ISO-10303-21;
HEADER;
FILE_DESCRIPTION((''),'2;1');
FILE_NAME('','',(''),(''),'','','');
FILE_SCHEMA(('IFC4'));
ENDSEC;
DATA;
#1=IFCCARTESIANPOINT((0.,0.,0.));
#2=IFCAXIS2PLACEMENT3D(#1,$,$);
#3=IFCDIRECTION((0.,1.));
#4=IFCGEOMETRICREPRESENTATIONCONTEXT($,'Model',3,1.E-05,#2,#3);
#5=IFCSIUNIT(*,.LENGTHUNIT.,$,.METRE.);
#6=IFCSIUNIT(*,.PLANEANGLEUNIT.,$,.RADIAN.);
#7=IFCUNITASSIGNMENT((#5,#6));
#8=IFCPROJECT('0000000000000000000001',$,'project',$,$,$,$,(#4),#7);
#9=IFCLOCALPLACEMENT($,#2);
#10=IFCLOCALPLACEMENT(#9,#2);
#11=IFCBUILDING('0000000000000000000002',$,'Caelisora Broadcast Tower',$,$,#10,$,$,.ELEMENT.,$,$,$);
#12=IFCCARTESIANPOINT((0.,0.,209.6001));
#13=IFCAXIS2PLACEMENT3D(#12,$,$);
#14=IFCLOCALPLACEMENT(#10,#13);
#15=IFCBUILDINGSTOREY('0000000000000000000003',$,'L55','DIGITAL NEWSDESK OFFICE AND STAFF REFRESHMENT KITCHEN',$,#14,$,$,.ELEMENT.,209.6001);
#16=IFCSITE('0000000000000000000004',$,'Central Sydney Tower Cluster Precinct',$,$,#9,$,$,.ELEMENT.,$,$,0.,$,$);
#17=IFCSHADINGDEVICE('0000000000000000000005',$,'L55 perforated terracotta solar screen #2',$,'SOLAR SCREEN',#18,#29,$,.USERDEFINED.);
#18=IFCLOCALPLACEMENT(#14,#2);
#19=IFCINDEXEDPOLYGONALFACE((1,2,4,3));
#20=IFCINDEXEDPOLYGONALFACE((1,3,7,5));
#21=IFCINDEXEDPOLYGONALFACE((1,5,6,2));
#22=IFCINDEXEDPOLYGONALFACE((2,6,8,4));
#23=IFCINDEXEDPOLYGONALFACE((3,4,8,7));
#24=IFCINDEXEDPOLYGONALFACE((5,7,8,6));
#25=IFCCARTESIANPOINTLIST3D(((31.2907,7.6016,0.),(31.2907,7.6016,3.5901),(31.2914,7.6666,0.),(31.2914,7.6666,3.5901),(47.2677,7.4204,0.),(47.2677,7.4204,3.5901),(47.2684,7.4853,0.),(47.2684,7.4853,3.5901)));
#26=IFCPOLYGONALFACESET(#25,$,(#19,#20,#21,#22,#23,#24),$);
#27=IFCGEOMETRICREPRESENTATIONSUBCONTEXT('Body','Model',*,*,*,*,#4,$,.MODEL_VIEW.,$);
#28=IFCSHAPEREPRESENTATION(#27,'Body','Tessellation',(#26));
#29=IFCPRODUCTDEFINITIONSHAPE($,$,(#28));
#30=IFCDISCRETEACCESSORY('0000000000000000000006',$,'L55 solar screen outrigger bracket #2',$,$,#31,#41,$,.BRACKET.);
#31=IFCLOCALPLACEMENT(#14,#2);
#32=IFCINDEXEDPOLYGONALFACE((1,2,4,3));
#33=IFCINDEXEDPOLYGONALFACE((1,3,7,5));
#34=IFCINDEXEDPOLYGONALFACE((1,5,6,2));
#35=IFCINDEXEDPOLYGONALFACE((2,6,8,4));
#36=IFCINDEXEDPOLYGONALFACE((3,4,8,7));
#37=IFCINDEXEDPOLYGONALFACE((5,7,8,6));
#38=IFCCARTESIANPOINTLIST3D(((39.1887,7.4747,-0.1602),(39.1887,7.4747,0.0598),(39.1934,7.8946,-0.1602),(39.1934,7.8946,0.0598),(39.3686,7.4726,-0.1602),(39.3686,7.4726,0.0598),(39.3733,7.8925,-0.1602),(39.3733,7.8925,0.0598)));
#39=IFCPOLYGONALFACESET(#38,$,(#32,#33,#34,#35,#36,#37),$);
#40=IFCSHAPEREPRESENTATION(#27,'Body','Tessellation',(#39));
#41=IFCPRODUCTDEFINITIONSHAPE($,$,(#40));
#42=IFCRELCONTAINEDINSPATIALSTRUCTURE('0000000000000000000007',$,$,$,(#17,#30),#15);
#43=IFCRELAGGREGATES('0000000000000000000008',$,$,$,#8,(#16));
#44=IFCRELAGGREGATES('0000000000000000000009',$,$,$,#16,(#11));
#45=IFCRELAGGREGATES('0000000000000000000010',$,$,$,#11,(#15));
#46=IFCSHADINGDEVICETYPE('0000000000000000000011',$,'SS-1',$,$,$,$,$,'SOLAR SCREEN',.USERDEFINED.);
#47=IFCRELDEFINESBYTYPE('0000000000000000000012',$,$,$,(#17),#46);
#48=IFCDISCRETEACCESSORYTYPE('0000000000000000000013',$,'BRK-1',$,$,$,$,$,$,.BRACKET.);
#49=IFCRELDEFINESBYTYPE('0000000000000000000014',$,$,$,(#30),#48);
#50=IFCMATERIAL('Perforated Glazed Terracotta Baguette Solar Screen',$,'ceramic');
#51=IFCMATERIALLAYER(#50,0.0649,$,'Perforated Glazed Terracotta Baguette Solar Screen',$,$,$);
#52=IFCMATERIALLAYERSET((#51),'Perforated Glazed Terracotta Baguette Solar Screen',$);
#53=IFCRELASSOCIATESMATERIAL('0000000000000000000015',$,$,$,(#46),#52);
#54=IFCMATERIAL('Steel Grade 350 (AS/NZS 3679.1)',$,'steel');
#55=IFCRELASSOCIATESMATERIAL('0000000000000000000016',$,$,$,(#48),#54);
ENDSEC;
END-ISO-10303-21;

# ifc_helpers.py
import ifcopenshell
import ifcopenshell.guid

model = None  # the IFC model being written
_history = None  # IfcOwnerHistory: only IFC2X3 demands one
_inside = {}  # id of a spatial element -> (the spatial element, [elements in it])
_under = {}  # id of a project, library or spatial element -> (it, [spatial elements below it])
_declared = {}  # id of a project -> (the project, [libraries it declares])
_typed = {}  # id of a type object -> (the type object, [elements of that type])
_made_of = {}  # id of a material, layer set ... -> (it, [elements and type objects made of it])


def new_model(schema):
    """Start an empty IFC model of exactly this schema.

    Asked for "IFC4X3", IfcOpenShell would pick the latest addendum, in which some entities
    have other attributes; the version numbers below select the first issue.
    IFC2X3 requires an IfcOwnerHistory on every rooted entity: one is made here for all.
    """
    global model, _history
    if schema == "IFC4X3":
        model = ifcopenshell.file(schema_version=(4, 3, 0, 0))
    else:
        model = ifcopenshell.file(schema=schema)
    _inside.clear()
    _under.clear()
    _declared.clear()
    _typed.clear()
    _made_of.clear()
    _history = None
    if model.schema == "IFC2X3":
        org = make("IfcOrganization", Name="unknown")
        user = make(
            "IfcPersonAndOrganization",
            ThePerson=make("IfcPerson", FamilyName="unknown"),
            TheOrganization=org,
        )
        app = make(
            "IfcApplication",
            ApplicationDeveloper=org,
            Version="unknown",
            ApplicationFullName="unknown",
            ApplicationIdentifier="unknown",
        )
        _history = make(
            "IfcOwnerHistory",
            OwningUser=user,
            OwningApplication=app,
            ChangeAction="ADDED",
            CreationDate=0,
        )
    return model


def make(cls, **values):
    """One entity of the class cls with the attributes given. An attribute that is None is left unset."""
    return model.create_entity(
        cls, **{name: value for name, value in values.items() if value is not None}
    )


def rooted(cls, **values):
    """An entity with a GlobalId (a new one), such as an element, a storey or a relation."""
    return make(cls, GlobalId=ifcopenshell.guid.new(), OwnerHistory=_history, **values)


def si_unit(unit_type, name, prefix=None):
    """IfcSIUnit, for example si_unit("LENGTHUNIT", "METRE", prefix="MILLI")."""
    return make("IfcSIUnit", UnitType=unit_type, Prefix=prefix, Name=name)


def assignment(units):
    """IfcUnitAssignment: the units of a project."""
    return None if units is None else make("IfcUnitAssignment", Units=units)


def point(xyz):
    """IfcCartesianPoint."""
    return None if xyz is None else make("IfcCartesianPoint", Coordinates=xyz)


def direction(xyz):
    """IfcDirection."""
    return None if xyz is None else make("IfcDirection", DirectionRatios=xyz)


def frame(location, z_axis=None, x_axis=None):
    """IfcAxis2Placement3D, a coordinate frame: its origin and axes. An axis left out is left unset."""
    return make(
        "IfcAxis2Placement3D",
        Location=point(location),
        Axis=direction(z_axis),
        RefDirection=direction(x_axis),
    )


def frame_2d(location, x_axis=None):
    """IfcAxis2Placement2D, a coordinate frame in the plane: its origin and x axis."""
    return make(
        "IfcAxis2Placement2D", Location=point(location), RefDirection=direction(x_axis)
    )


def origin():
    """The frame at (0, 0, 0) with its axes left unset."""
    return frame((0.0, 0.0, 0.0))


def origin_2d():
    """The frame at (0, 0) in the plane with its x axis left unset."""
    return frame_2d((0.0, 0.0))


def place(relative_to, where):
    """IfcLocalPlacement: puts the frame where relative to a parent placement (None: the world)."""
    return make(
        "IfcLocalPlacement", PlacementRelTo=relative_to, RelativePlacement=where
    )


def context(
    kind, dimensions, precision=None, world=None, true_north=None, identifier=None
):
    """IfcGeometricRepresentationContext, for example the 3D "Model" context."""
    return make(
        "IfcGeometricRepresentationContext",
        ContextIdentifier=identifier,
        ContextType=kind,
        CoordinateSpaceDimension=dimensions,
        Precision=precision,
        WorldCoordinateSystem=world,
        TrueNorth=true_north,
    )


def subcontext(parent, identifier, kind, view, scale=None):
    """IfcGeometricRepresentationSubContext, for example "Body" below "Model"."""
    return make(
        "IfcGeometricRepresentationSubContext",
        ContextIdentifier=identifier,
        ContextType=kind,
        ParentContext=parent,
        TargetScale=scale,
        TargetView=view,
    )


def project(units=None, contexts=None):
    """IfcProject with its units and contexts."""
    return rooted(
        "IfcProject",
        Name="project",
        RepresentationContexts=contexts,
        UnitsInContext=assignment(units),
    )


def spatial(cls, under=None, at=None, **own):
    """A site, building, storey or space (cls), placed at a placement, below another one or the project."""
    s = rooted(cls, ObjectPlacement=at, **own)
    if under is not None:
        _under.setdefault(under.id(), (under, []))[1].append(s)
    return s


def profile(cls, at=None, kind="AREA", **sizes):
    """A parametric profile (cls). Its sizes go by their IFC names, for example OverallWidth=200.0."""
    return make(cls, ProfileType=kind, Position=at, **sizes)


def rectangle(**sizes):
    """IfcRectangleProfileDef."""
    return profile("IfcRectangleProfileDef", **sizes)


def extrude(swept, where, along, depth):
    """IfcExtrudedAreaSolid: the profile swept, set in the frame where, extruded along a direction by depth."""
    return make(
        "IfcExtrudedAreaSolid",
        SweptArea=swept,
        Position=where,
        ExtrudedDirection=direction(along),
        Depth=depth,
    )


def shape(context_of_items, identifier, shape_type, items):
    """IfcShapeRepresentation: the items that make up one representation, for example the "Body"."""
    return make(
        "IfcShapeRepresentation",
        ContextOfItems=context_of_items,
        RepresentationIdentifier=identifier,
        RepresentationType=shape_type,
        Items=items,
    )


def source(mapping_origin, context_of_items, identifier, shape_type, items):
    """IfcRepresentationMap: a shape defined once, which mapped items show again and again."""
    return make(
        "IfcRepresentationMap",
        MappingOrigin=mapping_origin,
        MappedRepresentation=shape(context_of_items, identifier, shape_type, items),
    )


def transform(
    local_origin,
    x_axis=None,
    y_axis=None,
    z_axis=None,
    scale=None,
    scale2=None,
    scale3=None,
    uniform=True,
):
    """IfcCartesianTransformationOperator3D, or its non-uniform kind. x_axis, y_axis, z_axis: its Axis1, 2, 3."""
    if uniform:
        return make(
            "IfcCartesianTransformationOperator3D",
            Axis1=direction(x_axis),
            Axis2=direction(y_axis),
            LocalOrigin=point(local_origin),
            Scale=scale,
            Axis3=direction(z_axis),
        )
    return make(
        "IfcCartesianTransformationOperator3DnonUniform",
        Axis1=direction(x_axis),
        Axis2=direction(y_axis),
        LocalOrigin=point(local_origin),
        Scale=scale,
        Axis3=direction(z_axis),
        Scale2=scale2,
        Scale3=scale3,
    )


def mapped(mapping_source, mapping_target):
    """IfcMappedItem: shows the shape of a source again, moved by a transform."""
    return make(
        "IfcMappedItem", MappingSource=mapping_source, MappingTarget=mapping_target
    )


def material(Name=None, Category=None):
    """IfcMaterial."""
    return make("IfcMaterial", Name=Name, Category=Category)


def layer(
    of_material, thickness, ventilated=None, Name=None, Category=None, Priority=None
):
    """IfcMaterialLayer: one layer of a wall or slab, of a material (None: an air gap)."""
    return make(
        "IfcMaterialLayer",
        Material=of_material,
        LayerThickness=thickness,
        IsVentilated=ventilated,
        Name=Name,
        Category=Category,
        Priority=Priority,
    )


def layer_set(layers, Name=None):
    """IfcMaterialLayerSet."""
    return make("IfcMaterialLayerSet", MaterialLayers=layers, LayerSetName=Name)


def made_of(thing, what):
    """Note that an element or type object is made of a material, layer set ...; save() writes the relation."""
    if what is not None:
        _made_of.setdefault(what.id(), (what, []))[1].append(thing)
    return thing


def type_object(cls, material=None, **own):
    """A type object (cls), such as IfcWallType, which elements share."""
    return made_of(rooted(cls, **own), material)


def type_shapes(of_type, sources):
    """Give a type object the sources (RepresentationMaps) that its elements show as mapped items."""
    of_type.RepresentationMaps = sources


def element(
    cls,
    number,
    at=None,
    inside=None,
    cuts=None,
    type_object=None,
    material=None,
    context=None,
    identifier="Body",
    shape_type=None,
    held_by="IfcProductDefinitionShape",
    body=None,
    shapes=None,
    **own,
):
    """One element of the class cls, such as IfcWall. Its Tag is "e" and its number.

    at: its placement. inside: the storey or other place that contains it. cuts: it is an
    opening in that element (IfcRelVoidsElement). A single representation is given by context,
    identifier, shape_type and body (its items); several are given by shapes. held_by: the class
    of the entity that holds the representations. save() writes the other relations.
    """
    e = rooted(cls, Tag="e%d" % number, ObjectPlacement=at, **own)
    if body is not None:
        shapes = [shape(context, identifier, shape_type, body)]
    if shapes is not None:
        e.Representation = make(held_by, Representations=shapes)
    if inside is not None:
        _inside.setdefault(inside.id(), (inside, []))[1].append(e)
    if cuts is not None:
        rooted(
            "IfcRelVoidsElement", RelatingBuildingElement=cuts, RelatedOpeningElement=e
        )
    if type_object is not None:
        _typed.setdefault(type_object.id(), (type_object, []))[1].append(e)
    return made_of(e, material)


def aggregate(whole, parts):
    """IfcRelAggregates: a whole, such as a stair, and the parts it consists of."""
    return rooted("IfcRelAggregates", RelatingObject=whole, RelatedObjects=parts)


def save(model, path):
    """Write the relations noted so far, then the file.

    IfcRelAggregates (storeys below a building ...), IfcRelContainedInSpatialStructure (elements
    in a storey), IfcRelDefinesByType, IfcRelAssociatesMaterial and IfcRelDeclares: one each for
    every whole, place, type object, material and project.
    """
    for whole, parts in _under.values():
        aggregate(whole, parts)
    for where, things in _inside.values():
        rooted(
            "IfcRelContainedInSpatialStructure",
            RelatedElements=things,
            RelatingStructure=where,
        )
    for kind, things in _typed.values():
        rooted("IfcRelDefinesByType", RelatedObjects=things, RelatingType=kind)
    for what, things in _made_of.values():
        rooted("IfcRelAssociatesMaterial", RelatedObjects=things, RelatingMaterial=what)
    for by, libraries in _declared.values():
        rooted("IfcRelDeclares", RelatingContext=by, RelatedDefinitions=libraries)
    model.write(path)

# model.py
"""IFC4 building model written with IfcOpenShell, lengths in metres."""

from ifc_helpers import new_model, si_unit, direction, frame, origin, origin_2d, place, context, subcontext, project, spatial, rectangle, extrude, source, transform, mapped, material, layer, layer_set, type_object, type_shapes, element, save


model = new_model("IFC4")

# Units and contexts
model_context = context("Model", 3, precision=1e-05, world=origin(), true_north=direction((0.0, 1.0)))
body_context = subcontext(model_context, "Body", "Model", "MODEL_VIEW")
ifc_project = project(units=[si_unit("LENGTHUNIT", "METRE"), si_unit("PLANEANGLEUNIT", "RADIAN")], contexts=[model_context])

# Site, building, storey
site_placement = place(None, origin())
site = spatial("IfcSite", under=ifc_project, at=site_placement, Name="Central Sydney Tower Cluster Precinct", CompositionType="ELEMENT", RefElevation=0.0)
building_placement = place(site_placement, origin())
building = spatial("IfcBuilding", under=site, at=building_placement, Name="Caelisora Broadcast Tower", CompositionType="ELEMENT")
storey_placement = place(building_placement, frame((0.0, 0.0, 209.6001)))
storey = spatial("IfcBuildingStorey", under=building, at=storey_placement, Name="L55", Description="DIGITAL NEWSDESK OFFICE AND STAFF REFRESHMENT KITCHEN", CompositionType="ELEMENT", Elevation=209.6001)

# Shared definitions
ifc_material_1 = material(Name="Steel Grade 350 (AS/NZS 3679.1)", Category="steel")

# Shading device
ifc_material_2 = material(Name="Perforated Glazed Terracotta Baguette Solar Screen", Category="ceramic")
ifc_layer_1 = layer(ifc_material_2, 0.0649, Name="Perforated Glazed Terracotta Baguette Solar Screen")
ifc_layer_set_1 = layer_set([ifc_layer_1], Name="Perforated Glazed Terracotta Baguette Solar Screen")
shading_device_type = type_object("IfcShadingDeviceType", Name="SS-1", ElementType="SOLAR SCREEN", PredefinedType="USERDEFINED", material=ifc_layer_set_1)
shared_shape_1 = source(origin(), body_context, "Body", "SweptSolid", [
    extrude(rectangle(XDim=15.978, YDim=0.0649, at=origin_2d()), origin(), (0.0, 0.0, 1.0), 3.5901),
])
type_shapes(shading_device_type, [shared_shape_1])
shading_device_placement = place(storey_placement, frame((39.2795, 7.5435, 0.0), z_axis=(0.0, 0.0, 1.0), x_axis=(0.999936, -0.011344, 0.0)))
element("IfcShadingDevice", 1, at=shading_device_placement, inside=storey, type_object=shading_device_type, Name="L55 perforated terracotta solar screen #2", ObjectType="SOLAR SCREEN", PredefinedType="USERDEFINED", context=body_context, shape_type="MappedRepresentation", body=[
    mapped(shared_shape_1, transform((0.0, 0.0, 0.0), scale=1.0)),
])

# Discrete accessory
discrete_accessory_type = type_object("IfcDiscreteAccessoryType", Name="BRK-1", PredefinedType="BRACKET", material=ifc_material_1)
shared_shape_2 = source(origin(), body_context, "Body", "SweptSolid", [
    extrude(rectangle(XDim=0.1799, YDim=0.4199, at=origin_2d()), origin(), (0.0, 0.0, 1.0), 0.22),
])
type_shapes(discrete_accessory_type, [shared_shape_2])
discrete_accessory_placement = place(storey_placement, frame((39.281, 7.6836, -0.1602), z_axis=(0.0, 0.0, 1.0), x_axis=(0.999936, -0.011344, 0.0)))
element("IfcDiscreteAccessory", 2, at=discrete_accessory_placement, inside=storey, type_object=discrete_accessory_type, Name="L55 solar screen outrigger bracket #2", PredefinedType="BRACKET", context=body_context, shape_type="MappedRepresentation", body=[
    mapped(shared_shape_2, transform((0.0, 0.0, 0.0), scale=1.0)),
])

save(model, "model.ifc")
